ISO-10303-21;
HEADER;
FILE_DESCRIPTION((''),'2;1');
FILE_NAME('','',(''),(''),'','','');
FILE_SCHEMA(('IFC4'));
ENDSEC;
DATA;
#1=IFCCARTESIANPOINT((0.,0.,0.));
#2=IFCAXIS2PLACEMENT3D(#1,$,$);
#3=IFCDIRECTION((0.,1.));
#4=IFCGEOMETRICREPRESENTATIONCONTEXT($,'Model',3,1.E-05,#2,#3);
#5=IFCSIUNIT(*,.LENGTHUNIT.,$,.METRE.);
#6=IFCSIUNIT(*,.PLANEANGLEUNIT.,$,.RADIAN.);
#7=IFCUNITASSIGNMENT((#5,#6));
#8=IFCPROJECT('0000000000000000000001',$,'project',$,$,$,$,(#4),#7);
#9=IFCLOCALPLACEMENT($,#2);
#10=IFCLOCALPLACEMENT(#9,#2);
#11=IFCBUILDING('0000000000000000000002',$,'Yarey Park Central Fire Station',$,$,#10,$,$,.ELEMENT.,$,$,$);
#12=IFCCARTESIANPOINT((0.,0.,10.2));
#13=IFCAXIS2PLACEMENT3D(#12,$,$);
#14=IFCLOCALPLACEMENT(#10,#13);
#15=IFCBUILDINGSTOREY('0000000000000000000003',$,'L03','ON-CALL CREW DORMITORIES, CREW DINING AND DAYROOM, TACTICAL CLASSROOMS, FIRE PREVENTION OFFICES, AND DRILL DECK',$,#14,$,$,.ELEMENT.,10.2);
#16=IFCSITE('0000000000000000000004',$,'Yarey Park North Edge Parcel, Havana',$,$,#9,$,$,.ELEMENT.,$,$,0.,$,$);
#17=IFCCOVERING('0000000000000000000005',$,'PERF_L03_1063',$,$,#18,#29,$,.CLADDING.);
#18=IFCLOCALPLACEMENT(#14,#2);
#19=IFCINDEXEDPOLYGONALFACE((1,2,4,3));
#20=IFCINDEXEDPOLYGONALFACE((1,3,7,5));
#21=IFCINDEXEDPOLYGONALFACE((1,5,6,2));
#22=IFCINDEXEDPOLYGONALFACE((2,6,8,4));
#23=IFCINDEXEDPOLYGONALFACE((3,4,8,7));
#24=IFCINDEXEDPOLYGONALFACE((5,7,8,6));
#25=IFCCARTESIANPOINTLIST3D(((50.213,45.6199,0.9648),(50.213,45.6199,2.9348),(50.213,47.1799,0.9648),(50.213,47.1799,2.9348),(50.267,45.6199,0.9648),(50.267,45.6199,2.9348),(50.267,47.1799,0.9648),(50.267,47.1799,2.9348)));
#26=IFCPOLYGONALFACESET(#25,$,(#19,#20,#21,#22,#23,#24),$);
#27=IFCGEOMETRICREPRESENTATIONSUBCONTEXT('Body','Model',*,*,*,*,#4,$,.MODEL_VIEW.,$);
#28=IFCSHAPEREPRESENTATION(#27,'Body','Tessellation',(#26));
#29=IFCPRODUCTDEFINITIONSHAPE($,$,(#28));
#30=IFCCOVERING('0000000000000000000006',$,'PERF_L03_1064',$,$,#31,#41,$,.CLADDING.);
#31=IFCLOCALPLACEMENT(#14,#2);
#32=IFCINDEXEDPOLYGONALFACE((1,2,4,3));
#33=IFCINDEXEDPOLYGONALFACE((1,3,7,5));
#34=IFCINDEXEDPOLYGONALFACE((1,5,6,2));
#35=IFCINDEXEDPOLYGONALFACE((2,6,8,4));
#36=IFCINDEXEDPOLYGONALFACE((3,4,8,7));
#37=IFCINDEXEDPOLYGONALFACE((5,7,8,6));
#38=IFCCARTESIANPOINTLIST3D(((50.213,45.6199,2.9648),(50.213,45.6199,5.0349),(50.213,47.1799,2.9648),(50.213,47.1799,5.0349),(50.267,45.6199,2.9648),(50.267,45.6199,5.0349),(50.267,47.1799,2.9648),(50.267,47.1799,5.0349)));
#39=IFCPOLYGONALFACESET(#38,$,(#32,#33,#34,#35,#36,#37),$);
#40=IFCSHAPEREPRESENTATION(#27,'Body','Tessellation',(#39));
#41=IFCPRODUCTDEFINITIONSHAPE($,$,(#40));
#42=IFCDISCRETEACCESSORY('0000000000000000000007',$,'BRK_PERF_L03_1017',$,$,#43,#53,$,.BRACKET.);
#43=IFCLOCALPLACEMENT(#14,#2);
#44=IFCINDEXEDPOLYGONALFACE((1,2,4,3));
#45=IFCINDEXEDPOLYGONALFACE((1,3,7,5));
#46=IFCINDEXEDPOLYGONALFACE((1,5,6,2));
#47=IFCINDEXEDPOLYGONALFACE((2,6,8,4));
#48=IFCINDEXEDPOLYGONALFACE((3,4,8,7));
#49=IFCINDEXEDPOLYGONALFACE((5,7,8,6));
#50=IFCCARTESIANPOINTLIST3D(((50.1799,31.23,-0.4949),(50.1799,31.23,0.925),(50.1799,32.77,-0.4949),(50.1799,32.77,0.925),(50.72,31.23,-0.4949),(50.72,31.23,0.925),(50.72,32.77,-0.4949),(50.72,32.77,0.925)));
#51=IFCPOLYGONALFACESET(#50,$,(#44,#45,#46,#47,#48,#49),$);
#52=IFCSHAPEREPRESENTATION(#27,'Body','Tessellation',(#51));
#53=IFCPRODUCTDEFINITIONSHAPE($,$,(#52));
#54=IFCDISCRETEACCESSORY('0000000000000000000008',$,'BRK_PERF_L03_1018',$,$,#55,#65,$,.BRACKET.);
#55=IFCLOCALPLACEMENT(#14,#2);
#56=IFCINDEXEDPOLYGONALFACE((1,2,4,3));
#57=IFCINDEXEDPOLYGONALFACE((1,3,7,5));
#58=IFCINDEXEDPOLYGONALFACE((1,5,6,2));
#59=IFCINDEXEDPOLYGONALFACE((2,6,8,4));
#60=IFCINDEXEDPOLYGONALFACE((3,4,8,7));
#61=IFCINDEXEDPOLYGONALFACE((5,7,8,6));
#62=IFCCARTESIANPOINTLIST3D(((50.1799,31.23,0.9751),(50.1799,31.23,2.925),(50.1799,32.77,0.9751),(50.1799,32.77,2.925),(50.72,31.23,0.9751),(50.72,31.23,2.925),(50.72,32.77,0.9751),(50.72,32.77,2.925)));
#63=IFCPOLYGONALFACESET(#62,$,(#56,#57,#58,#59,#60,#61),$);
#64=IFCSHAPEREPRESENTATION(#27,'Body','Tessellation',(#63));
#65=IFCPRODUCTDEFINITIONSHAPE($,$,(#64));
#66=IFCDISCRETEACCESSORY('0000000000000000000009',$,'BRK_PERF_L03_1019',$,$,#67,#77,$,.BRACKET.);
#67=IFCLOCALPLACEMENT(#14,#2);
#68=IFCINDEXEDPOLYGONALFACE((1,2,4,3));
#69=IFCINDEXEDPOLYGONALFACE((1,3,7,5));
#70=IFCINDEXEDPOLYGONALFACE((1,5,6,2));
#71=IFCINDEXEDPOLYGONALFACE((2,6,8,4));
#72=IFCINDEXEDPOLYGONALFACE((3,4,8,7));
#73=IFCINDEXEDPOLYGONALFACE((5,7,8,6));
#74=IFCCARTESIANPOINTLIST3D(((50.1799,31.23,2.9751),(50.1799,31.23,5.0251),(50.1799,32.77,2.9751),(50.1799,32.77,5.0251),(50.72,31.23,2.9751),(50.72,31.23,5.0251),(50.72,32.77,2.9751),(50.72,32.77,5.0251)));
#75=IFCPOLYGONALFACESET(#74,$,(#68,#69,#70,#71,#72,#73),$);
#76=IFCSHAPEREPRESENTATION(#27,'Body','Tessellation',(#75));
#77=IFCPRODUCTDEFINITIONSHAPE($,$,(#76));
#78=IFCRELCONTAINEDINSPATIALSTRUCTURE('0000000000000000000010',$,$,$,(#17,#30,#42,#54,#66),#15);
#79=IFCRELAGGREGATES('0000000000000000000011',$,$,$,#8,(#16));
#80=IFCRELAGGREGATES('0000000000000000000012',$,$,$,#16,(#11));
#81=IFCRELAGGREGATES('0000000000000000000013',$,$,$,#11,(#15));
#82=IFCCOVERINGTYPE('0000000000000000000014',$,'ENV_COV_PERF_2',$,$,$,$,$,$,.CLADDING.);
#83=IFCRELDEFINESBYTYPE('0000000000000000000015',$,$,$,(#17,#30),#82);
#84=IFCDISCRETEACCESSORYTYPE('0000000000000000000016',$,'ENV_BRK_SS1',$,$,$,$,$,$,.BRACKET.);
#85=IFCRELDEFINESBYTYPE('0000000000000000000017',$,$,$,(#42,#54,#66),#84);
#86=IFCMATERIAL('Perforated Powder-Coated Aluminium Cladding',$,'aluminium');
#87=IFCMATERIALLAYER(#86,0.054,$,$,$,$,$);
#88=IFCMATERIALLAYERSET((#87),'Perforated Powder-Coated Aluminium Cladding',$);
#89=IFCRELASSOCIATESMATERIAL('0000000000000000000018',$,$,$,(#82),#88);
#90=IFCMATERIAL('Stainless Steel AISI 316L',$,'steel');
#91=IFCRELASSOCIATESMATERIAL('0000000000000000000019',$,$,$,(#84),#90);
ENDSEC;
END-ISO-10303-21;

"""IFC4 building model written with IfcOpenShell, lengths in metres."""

from ifc_helpers import new_model, si_unit, direction, frame, origin, origin_2d, place, context, subcontext, project, spatial, rectangle, extrude, material, layer, layer_set, type_object, element, save


model = new_model("IFC4")

# Units and contexts
model_context = context("Model", 3, precision=1e-05, world=origin(), true_north=direction((0.0, 1.0)))
body_context = subcontext(model_context, "Body", "Model", "MODEL_VIEW")
ifc_project = project(units=[si_unit("LENGTHUNIT", "METRE"), si_unit("PLANEANGLEUNIT", "RADIAN")], contexts=[model_context])

# Site, building, storey
site_placement = place(None, origin())
site = spatial("IfcSite", under=ifc_project, at=site_placement, Name="Yarey Park North Edge Parcel, Havana", CompositionType="ELEMENT", RefElevation=0.0)
building_placement = place(site_placement, origin())
building = spatial("IfcBuilding", under=site, at=building_placement, Name="Yarey Park Central Fire Station", CompositionType="ELEMENT")
storey_placement = place(building_placement, frame((0.0, 0.0, 10.2)))
storey = spatial("IfcBuildingStorey", under=building, at=storey_placement, Name="L03", Description="ON-CALL CREW DORMITORIES, CREW DINING AND DAYROOM, TACTICAL CLASSROOMS, FIRE PREVENTION OFFICES, AND DRILL DECK", CompositionType="ELEMENT", Elevation=10.2)

# Coverings
ifc_material_1 = material(Name="Perforated Powder-Coated Aluminium Cladding", Category="aluminium")
ifc_layer_1 = layer(ifc_material_1, 0.054)
ifc_layer_set_1 = layer_set([ifc_layer_1], Name="Perforated Powder-Coated Aluminium Cladding")
covering_type_1 = type_object("IfcCoveringType", Name="ENV_COV_PERF_2", PredefinedType="CLADDING", material=ifc_layer_set_1)
covering_1_placement = place(storey_placement, frame((50.24, 46.3999, 0.9648), z_axis=(0.0, 0.0, 1.0), x_axis=(0.0, 1.0, 0.0)))
element("IfcCovering", 1, at=covering_1_placement, inside=storey, type_object=covering_type_1, Name="PERF_L03_1063", PredefinedType="CLADDING", context=body_context, shape_type="SweptSolid", body=[
    extrude(rectangle(XDim=1.5601, YDim=0.054, at=origin_2d()), origin(), (0.0, 0.0, 1.0), 1.97),
])
covering_2_placement = place(storey_placement, frame((50.24, 46.3999, 2.9648), z_axis=(0.0, 0.0, 1.0), x_axis=(0.0, 1.0, 0.0)))
element("IfcCovering", 2, at=covering_2_placement, inside=storey, type_object=covering_type_1, Name="PERF_L03_1064", PredefinedType="CLADDING", context=body_context, shape_type="SweptSolid", body=[
    extrude(rectangle(XDim=1.5601, YDim=0.054, at=origin_2d()), origin(), (0.0, 0.0, 1.0), 2.0701),
])

# Discrete accessories
ifc_material_2 = material(Name="Stainless Steel AISI 316L", Category="steel")
discrete_accessory_type = type_object("IfcDiscreteAccessoryType", Name="ENV_BRK_SS1", PredefinedType="BRACKET", material=ifc_material_2)
discrete_accessory_1_placement = place(storey_placement, frame((50.45, 32.0, -0.4949), z_axis=(0.0, 0.0, 1.0), x_axis=(1.0, 0.0, 0.0)))
element("IfcDiscreteAccessory", 3, at=discrete_accessory_1_placement, inside=storey, type_object=discrete_accessory_type, Name="BRK_PERF_L03_1017", PredefinedType="BRACKET", context=body_context, shape_type="SweptSolid", body=[
    extrude(rectangle(XDim=0.54, YDim=1.54, at=origin_2d()), origin(), (0.0, 0.0, 1.0), 1.4199),
])
discrete_accessory_2_placement = place(storey_placement, frame((50.45, 32.0, 0.9751), z_axis=(0.0, 0.0, 1.0), x_axis=(1.0, 0.0, 0.0)))
element("IfcDiscreteAccessory", 4, at=discrete_accessory_2_placement, inside=storey, type_object=discrete_accessory_type, Name="BRK_PERF_L03_1018", PredefinedType="BRACKET", context=body_context, shape_type="SweptSolid", body=[
    extrude(rectangle(XDim=0.54, YDim=1.54, at=origin_2d()), origin(), (0.0, 0.0, 1.0), 1.95),
])
discrete_accessory_3_placement = place(storey_placement, frame((50.45, 32.0, 2.9751), z_axis=(0.0, 0.0, 1.0), x_axis=(1.0, 0.0, 0.0)))
element("IfcDiscreteAccessory", 5, at=discrete_accessory_3_placement, inside=storey, type_object=discrete_accessory_type, Name="BRK_PERF_L03_1019", PredefinedType="BRACKET", context=body_context, shape_type="SweptSolid", body=[
    extrude(rectangle(XDim=0.54, YDim=1.54, at=origin_2d()), origin(), (0.0, 0.0, 1.0), 2.05),
])

save(model, "model.ifc")
